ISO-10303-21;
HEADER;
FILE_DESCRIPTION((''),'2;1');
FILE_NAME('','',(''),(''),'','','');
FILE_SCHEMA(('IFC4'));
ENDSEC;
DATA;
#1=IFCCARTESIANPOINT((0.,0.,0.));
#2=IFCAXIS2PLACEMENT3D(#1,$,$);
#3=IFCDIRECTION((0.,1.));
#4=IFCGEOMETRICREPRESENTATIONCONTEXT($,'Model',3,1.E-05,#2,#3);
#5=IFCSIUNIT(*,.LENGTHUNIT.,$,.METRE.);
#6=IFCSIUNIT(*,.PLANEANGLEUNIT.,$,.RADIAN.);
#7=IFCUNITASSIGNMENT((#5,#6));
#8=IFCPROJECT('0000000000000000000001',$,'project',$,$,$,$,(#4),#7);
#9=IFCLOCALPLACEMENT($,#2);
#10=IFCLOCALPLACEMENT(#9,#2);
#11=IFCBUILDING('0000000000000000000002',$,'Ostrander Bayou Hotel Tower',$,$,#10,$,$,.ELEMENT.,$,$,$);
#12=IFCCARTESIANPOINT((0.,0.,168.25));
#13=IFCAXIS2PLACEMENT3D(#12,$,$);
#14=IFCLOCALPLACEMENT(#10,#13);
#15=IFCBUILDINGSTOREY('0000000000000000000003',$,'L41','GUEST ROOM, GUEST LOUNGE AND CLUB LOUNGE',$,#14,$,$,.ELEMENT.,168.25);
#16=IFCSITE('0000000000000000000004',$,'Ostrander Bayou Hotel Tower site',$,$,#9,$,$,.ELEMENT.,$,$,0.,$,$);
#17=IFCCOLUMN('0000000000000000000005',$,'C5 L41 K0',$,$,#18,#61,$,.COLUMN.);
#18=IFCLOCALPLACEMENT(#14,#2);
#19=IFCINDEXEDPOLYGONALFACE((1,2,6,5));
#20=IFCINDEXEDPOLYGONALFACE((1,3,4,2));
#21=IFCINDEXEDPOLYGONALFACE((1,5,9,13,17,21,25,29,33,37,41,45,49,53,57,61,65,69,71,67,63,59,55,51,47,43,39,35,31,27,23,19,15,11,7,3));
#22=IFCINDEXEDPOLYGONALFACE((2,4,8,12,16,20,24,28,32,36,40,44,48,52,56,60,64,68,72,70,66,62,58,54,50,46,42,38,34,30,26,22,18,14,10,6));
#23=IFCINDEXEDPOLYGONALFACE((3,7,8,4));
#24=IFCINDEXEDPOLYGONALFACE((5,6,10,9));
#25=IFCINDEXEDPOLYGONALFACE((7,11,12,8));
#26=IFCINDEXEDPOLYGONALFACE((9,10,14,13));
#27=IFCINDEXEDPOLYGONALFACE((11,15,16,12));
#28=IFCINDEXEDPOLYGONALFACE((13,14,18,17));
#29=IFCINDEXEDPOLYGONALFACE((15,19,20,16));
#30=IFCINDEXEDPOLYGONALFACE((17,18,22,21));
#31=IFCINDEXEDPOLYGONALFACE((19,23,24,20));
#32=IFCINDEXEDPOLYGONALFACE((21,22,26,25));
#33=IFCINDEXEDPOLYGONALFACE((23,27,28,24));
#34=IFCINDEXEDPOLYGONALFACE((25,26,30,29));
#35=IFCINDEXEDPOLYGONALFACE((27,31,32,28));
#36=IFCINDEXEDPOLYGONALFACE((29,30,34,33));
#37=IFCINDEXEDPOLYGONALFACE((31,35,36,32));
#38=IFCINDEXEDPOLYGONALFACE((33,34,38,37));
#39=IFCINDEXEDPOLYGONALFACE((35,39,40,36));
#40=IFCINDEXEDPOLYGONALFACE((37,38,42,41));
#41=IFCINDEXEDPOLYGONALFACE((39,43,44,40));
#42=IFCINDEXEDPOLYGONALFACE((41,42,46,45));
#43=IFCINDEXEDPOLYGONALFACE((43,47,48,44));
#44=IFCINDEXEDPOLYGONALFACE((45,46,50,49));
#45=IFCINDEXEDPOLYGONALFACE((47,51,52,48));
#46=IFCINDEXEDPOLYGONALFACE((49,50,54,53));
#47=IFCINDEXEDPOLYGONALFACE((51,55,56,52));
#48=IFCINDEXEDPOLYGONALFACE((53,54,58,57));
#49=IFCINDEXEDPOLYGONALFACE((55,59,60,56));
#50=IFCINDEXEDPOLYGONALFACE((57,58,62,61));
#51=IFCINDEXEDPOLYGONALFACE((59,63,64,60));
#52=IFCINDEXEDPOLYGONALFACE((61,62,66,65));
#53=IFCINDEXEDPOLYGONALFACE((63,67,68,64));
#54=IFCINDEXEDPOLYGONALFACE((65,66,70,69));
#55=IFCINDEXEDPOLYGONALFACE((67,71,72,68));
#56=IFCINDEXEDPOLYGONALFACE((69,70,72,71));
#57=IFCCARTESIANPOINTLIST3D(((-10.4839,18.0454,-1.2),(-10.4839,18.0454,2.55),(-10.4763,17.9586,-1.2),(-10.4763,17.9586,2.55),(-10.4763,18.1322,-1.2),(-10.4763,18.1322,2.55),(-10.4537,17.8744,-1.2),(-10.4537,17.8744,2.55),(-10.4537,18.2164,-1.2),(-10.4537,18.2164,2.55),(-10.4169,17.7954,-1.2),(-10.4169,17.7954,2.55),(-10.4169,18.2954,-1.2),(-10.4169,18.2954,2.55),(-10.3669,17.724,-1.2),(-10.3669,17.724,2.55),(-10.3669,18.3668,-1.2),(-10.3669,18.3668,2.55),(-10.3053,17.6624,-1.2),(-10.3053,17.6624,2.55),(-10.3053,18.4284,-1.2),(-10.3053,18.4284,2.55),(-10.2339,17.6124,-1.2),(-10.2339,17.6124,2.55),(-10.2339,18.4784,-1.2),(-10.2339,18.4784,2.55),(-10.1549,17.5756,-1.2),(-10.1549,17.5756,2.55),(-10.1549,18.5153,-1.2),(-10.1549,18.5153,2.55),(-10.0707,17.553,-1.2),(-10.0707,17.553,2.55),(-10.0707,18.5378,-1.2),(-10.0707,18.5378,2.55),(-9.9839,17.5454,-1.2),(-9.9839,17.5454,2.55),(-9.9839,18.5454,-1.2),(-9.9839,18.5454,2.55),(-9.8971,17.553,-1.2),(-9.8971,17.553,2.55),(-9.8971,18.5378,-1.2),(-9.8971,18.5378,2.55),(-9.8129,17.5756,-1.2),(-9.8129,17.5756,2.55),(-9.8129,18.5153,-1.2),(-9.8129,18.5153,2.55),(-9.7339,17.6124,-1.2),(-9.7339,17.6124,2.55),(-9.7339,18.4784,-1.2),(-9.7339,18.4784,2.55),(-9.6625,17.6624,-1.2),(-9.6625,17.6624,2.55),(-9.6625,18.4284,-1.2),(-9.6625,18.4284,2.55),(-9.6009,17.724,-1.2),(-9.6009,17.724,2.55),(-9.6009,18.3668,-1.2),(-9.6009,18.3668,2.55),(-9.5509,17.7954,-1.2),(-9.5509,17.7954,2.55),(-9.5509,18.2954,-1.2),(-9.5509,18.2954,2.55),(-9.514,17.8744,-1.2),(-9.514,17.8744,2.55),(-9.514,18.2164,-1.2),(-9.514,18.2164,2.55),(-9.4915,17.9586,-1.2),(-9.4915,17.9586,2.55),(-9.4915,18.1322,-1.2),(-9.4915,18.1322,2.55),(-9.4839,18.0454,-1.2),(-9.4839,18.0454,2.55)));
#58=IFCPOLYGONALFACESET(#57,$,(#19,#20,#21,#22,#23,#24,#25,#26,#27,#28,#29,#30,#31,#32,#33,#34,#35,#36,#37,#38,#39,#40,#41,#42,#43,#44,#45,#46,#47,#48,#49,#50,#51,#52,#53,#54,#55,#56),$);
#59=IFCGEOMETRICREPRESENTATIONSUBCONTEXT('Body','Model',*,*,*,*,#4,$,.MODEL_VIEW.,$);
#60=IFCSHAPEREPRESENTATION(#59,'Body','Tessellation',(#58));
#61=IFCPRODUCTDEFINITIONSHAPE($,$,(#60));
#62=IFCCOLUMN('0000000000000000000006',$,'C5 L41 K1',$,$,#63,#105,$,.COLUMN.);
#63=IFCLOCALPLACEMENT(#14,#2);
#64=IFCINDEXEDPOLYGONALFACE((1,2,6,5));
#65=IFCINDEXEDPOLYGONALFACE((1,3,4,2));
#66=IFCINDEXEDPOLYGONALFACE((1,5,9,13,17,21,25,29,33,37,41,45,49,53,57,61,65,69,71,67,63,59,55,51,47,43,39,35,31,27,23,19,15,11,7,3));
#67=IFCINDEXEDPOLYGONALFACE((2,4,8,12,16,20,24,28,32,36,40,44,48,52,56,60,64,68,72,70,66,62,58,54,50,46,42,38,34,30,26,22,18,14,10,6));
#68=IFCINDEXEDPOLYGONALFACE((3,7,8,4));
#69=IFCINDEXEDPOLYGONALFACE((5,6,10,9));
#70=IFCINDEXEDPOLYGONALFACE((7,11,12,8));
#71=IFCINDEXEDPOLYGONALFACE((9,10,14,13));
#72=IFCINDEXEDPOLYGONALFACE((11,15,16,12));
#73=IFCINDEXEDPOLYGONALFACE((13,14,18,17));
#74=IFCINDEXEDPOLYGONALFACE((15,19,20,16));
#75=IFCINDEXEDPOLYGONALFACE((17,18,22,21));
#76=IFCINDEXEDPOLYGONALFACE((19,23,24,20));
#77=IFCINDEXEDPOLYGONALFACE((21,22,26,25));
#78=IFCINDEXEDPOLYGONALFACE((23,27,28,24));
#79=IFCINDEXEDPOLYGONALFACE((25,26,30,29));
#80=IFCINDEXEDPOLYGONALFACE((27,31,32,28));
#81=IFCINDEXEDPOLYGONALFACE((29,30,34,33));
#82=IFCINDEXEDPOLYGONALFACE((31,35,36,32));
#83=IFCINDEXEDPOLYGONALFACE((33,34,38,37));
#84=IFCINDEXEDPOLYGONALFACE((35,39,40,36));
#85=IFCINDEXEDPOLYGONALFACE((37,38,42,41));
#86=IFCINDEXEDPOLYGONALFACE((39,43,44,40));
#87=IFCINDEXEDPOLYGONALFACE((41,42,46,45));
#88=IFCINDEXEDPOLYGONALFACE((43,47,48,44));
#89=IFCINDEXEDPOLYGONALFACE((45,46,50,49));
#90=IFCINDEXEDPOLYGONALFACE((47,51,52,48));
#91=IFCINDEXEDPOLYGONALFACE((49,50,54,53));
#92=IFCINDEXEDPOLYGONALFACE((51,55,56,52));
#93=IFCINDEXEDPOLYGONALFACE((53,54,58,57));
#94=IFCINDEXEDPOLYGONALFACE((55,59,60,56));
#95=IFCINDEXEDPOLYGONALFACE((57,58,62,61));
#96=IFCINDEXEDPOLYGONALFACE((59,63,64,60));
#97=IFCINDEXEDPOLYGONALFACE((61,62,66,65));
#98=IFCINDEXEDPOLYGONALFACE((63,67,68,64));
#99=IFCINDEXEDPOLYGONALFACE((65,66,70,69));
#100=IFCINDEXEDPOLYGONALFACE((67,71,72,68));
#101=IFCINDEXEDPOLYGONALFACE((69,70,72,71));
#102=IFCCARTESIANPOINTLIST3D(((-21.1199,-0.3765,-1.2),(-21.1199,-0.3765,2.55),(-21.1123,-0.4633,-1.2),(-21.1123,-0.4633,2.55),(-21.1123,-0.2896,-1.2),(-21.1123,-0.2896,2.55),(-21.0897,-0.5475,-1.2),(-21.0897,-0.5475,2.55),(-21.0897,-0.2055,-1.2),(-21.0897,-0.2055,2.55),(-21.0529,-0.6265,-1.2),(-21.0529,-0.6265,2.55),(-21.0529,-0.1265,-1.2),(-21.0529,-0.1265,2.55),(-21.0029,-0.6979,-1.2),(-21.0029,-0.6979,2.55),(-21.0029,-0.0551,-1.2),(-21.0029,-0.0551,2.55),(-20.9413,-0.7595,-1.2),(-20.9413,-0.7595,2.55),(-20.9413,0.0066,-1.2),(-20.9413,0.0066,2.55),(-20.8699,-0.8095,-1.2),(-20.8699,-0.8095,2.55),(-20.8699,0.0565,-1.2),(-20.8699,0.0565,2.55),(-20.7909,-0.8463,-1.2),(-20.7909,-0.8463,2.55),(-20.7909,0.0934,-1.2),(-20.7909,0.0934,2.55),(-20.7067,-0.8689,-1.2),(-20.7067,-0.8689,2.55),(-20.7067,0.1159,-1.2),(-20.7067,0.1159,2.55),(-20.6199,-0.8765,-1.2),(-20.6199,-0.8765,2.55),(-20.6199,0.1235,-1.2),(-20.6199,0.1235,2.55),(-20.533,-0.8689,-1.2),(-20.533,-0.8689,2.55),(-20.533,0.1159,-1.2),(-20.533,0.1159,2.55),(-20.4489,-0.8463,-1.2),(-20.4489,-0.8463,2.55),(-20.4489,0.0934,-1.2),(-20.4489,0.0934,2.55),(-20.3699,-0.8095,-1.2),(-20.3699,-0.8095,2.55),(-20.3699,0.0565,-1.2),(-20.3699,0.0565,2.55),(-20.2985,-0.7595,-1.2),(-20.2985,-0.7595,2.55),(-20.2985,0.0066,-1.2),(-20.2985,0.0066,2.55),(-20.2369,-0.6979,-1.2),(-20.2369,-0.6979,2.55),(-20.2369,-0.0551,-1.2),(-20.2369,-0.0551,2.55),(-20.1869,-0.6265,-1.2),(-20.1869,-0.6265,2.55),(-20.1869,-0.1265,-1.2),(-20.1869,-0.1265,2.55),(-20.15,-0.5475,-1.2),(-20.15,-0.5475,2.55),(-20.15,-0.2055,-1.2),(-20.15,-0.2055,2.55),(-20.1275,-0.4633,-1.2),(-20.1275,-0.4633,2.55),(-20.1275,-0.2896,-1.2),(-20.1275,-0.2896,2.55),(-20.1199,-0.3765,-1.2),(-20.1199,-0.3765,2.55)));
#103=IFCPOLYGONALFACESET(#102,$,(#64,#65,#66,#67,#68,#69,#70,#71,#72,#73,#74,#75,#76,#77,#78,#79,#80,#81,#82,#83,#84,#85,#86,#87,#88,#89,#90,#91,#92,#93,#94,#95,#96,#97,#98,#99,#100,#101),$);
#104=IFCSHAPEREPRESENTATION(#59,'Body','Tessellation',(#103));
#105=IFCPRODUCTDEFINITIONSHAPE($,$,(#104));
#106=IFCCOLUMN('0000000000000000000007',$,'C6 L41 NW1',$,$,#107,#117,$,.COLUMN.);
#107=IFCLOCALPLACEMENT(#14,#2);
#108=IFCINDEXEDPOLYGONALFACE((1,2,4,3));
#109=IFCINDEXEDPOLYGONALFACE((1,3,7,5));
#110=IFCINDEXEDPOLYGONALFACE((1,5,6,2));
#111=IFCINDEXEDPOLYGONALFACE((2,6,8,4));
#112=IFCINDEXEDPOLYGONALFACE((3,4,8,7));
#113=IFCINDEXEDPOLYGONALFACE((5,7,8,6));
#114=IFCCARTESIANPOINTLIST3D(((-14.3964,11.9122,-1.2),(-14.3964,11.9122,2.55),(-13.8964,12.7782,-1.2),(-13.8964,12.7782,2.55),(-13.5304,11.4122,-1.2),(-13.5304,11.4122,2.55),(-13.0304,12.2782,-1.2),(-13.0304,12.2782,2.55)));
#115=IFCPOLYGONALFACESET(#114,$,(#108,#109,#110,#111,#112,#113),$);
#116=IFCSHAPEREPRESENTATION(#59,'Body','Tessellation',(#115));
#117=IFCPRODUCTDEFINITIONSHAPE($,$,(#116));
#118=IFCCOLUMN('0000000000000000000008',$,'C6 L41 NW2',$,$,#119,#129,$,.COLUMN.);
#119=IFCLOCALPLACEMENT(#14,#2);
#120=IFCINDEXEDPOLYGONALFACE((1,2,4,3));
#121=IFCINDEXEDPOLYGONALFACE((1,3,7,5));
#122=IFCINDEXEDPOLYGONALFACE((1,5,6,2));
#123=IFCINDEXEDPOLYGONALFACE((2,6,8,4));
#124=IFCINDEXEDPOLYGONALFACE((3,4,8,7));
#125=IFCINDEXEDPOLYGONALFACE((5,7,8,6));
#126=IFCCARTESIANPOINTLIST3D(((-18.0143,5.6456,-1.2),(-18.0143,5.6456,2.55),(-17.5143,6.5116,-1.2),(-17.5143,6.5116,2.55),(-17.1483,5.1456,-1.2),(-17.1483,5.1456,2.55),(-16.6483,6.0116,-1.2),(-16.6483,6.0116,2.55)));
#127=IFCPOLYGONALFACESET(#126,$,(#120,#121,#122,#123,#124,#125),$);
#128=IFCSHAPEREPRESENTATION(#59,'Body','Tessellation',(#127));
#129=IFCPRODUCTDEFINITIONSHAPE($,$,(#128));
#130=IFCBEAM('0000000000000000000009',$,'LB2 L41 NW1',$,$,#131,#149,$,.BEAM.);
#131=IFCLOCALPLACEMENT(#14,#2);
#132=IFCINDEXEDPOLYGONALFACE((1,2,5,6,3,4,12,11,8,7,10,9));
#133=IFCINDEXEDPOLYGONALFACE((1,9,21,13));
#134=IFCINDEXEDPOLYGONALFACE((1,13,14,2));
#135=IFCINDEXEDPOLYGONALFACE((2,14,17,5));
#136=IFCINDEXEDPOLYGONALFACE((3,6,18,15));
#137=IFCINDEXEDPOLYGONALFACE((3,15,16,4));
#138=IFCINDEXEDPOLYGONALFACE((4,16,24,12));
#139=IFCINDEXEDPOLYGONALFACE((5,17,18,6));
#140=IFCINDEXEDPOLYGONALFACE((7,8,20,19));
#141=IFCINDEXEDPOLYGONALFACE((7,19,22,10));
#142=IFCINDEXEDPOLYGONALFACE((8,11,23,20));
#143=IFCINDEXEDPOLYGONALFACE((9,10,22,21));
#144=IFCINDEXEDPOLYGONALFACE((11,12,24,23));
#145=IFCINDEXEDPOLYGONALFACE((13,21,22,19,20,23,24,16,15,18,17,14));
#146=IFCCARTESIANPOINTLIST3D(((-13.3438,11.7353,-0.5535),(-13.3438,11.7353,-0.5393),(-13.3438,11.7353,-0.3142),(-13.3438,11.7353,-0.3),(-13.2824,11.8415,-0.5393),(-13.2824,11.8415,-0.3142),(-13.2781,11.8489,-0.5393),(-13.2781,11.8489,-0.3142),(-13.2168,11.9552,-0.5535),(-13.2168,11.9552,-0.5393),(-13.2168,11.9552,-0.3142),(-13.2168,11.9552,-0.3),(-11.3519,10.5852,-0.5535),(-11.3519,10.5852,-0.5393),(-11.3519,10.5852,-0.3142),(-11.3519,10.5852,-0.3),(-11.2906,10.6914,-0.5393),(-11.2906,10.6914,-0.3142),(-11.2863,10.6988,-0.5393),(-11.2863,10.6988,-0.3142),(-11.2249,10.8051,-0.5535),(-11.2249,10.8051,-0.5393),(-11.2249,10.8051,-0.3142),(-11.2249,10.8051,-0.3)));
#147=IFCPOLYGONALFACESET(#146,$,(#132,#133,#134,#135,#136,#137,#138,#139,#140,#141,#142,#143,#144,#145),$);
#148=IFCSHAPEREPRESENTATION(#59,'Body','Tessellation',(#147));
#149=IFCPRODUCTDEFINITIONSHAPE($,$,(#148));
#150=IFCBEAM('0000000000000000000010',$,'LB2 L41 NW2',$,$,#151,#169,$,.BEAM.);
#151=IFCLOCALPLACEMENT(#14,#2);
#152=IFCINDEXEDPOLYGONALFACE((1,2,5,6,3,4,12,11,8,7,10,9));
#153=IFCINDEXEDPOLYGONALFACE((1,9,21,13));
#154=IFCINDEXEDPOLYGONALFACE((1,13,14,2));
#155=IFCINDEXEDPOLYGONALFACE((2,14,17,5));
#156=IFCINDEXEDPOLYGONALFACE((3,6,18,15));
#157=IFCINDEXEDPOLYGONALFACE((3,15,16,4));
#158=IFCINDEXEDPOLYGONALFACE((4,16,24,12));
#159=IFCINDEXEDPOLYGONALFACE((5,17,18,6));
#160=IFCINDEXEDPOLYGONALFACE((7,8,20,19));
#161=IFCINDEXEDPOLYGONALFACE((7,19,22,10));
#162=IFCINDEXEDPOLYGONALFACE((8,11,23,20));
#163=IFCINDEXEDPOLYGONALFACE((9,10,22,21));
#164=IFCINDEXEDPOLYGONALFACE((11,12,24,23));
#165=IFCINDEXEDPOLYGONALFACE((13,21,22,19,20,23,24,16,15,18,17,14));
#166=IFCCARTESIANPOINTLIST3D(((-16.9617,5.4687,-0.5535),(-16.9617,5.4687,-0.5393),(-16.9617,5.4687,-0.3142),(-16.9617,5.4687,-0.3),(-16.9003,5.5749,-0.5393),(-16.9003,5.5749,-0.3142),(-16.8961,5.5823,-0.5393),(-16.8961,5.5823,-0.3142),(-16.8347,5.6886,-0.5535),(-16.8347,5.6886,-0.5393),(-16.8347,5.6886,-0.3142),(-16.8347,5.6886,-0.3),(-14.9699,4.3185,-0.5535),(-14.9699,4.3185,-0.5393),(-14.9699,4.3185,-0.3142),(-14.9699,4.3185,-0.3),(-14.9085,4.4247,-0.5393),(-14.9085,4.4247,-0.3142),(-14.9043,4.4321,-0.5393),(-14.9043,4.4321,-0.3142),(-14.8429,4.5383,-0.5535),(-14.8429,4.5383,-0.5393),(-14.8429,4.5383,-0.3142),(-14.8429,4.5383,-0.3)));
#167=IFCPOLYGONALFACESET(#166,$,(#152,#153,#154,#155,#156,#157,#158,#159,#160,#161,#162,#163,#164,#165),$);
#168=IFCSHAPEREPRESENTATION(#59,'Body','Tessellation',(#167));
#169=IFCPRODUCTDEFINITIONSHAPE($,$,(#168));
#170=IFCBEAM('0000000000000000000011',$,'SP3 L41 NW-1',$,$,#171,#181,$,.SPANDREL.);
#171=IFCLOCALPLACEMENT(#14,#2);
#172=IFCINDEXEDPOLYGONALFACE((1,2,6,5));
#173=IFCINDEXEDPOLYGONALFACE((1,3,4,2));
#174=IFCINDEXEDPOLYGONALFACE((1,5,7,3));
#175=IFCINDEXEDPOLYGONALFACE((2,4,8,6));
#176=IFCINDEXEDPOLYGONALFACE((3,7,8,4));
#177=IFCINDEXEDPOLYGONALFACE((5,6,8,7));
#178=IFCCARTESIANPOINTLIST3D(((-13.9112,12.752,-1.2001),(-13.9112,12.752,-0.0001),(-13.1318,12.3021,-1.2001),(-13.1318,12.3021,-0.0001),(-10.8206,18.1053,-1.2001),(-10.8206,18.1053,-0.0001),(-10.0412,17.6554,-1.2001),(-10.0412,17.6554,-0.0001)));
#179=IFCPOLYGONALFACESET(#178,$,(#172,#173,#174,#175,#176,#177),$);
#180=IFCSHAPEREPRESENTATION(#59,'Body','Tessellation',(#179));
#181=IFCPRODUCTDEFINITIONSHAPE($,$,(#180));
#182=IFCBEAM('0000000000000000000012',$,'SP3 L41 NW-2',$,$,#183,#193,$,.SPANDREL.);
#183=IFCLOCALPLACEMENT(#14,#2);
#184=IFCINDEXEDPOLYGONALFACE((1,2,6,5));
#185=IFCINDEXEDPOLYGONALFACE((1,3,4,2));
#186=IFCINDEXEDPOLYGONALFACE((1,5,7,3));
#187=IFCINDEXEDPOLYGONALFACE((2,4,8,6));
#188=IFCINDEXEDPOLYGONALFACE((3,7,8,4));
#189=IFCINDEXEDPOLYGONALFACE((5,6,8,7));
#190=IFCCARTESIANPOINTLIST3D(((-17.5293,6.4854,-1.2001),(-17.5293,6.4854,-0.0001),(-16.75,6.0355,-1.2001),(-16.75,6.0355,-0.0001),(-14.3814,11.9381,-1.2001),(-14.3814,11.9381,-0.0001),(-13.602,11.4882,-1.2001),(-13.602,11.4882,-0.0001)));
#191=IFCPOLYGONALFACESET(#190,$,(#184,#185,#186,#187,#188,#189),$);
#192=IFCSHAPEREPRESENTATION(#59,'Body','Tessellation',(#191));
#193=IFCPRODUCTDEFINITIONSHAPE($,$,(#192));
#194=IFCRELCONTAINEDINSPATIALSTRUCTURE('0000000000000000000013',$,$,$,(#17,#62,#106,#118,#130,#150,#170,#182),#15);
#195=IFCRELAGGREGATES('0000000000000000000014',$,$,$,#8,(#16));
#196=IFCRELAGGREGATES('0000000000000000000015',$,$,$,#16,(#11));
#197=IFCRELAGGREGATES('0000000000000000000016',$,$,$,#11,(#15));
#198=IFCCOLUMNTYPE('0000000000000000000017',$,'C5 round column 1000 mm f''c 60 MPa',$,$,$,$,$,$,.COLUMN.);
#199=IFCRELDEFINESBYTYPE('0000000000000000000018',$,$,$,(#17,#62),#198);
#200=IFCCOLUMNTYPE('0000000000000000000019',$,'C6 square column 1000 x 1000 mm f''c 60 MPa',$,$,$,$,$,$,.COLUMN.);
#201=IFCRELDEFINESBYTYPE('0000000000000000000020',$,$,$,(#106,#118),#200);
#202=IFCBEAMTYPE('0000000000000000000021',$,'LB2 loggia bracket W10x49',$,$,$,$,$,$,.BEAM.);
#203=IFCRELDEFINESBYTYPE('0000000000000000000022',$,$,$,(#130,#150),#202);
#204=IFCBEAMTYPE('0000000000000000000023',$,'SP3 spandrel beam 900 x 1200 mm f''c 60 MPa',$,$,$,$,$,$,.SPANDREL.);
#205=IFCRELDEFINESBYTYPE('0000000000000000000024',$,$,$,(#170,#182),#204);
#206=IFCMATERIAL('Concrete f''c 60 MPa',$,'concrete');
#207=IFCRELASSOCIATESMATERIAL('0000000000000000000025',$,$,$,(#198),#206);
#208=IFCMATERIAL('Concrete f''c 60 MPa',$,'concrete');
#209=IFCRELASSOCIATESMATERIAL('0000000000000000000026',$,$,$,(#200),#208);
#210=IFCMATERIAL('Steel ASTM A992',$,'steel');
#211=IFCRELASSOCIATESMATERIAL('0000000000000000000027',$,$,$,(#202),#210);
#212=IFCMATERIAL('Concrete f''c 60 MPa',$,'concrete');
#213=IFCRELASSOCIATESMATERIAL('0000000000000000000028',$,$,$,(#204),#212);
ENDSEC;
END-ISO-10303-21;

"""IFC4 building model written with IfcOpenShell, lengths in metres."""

from ifc_helpers import new_model, si_unit, direction, frame, origin, origin_2d, place, context, subcontext, project, spatial, rectangle, circle, i_section, extrude, material, material_profile, profile_set, type_object, element, save


model = new_model("IFC4")

# Units and contexts
model_context = context("Model", 3, precision=1e-05, world=origin(), true_north=direction((0.0, 1.0)))
body_context = subcontext(model_context, "Body", "Model", "MODEL_VIEW")
ifc_project = project(units=[si_unit("LENGTHUNIT", "METRE"), si_unit("PLANEANGLEUNIT", "RADIAN")], contexts=[model_context])

# Site, building, storey
site_placement = place(None, origin())
site = spatial("IfcSite", under=ifc_project, at=site_placement, Name="Ostrander Bayou Hotel Tower site", CompositionType="ELEMENT", RefElevation=0.0)
building_placement = place(site_placement, origin())
building = spatial("IfcBuilding", under=site, at=building_placement, Name="Ostrander Bayou Hotel Tower", CompositionType="ELEMENT")
storey_placement = place(building_placement, frame((0.0, 0.0, 168.25)))
storey = spatial("IfcBuildingStorey", under=building, at=storey_placement, Name="L41", Description="GUEST ROOM, GUEST LOUNGE AND CLUB LOUNGE", CompositionType="ELEMENT", Elevation=168.25)

# Columns
ifc_material_1 = material(Name="Concrete f'c 60 MPa", Category="concrete")
ifc_material_profile_1 = material_profile(ifc_material_1, circle(Radius=0.5, at=origin_2d()))
ifc_profile_set_1 = profile_set([ifc_material_profile_1], Name="Concrete f'c 60 MPa")
column_type_1 = type_object("IfcColumnType", Name="C5 round column 1000 mm f'c 60 MPa", PredefinedType="COLUMN", material=ifc_profile_set_1)
for number, where, z_axis, x_axis, name in (
    (1, (-9.9839, 18.0454, -1.2), (0.0, 0.0, 1.0), (1.0, 0.0, 0.0), "C5 L41 K0"),
    (2, (-20.6199, -0.3765, -1.2), (0.0, 0.0, 1.0), (1.0, 0.0, 0.0), "C5 L41 K1"),
):
    element("IfcColumn", number, at=place(storey_placement, frame(where, z_axis=z_axis, x_axis=x_axis)), inside=storey, type_object=column_type_1, Name=name, PredefinedType="COLUMN", context=body_context, shape_type="SweptSolid", body=[
        extrude(circle(Radius=0.5, at=origin_2d()), origin(), (0.0, 0.0, 1.0), 3.75),
    ])
ifc_material_2 = material(Name="Concrete f'c 60 MPa", Category="concrete")
ifc_material_profile_2 = material_profile(ifc_material_2, rectangle(XDim=1.0, YDim=1.0, at=origin_2d()))
ifc_profile_set_2 = profile_set([ifc_material_profile_2], Name="Concrete f'c 60 MPa")
column_type_2 = type_object("IfcColumnType", Name="C6 square column 1000 x 1000 mm f'c 60 MPa", PredefinedType="COLUMN", material=ifc_profile_set_2)
for number, where, z_axis, x_axis, name in (
    (3, (-13.7134, 12.0952, -1.2), (0.0, 0.0, 1.0), (0.5, 0.866025, 0.0), "C6 L41 NW1"),
    (4, (-17.3313, 5.8286, -1.2), (0.0, 0.0, 1.0), (0.5, 0.866025, 0.0), "C6 L41 NW2"),
):
    element("IfcColumn", number, at=place(storey_placement, frame(where, z_axis=z_axis, x_axis=x_axis)), inside=storey, type_object=column_type_2, Name=name, PredefinedType="COLUMN", context=body_context, shape_type="SweptSolid", body=[
        extrude(rectangle(XDim=1.0, YDim=1.0, at=origin_2d()), origin(), (0.0, 0.0, 1.0), 3.75),
    ])

# Beams
ifc_material_3 = material(Name="Steel ASTM A992", Category="steel")
ifc_material_profile_3 = material_profile(ifc_material_3, i_section(OverallWidth=0.2539, OverallDepth=0.2534, WebThickness=0.0085, FlangeThickness=0.0142, at=origin_2d()))
ifc_profile_set_3 = profile_set([ifc_material_profile_3], Name="Steel ASTM A992")
beam_type_1 = type_object("IfcBeamType", Name="LB2 loggia bracket W10x49", PredefinedType="BEAM", material=ifc_profile_set_3)
for number, where, z_axis, x_axis, name in (
    (5, (-13.2803, 11.8452, -0.4268), (0.866007, -0.500032, 0.0), (0.500032, 0.866007, 0.0), "LB2 L41 NW1"),
    (6, (-16.8982, 5.5786, -0.4268), (0.865981, -0.500078, 0.0), (0.500078, 0.865981, 0.0), "LB2 L41 NW2"),
):
    element("IfcBeam", number, at=place(storey_placement, frame(where, z_axis=z_axis, x_axis=x_axis)), inside=storey, type_object=beam_type_1, Name=name, PredefinedType="BEAM", context=body_context, shape_type="SweptSolid", body=[
        extrude(i_section(OverallWidth=0.2539, OverallDepth=0.2534, WebThickness=0.0085, FlangeThickness=0.0142, at=origin_2d()), origin(), (0.0, 0.0, 1.0), 2.3),
    ])
ifc_material_4 = material(Name="Concrete f'c 60 MPa", Category="concrete")
ifc_material_profile_4 = material_profile(ifc_material_4, rectangle(XDim=0.8999, YDim=1.2, at=origin_2d()))
ifc_profile_set_4 = profile_set([ifc_material_profile_4], Name="Concrete f'c 60 MPa")
beam_type_2 = type_object("IfcBeamType", Name="SP3 spandrel beam 900 x 1200 mm f'c 60 MPa", PredefinedType="SPANDREL", material=ifc_profile_set_4)
beam_1_placement = place(storey_placement, frame((-10.4309, 17.8804, -0.6001), z_axis=(-0.499983, -0.866035, 0.0), x_axis=(0.866035, -0.499983, 0.0)))
element("IfcBeam", 7, at=beam_1_placement, inside=storey, type_object=beam_type_2, Name="SP3 L41 NW-1", PredefinedType="SPANDREL", context=body_context, shape_type="SweptSolid", body=[
    extrude(rectangle(XDim=0.8999, YDim=1.2, at=origin_2d()), origin(), (0.0, 0.0, 1.0), 6.1814),
])
beam_2_placement = place(storey_placement, frame((-13.9917, 11.7131, -0.6001), z_axis=(-0.499984, -0.866034, 0.0), x_axis=(0.866034, -0.499984, 0.0)))
element("IfcBeam", 8, at=beam_2_placement, inside=storey, type_object=beam_type_2, Name="SP3 L41 NW-2", PredefinedType="SPANDREL", context=body_context, shape_type="SweptSolid", body=[
    extrude(rectangle(XDim=0.8999, YDim=1.2, at=origin_2d()), origin(), (0.0, 0.0, 1.0), 6.2961),
])

save(model, "model.ifc")
